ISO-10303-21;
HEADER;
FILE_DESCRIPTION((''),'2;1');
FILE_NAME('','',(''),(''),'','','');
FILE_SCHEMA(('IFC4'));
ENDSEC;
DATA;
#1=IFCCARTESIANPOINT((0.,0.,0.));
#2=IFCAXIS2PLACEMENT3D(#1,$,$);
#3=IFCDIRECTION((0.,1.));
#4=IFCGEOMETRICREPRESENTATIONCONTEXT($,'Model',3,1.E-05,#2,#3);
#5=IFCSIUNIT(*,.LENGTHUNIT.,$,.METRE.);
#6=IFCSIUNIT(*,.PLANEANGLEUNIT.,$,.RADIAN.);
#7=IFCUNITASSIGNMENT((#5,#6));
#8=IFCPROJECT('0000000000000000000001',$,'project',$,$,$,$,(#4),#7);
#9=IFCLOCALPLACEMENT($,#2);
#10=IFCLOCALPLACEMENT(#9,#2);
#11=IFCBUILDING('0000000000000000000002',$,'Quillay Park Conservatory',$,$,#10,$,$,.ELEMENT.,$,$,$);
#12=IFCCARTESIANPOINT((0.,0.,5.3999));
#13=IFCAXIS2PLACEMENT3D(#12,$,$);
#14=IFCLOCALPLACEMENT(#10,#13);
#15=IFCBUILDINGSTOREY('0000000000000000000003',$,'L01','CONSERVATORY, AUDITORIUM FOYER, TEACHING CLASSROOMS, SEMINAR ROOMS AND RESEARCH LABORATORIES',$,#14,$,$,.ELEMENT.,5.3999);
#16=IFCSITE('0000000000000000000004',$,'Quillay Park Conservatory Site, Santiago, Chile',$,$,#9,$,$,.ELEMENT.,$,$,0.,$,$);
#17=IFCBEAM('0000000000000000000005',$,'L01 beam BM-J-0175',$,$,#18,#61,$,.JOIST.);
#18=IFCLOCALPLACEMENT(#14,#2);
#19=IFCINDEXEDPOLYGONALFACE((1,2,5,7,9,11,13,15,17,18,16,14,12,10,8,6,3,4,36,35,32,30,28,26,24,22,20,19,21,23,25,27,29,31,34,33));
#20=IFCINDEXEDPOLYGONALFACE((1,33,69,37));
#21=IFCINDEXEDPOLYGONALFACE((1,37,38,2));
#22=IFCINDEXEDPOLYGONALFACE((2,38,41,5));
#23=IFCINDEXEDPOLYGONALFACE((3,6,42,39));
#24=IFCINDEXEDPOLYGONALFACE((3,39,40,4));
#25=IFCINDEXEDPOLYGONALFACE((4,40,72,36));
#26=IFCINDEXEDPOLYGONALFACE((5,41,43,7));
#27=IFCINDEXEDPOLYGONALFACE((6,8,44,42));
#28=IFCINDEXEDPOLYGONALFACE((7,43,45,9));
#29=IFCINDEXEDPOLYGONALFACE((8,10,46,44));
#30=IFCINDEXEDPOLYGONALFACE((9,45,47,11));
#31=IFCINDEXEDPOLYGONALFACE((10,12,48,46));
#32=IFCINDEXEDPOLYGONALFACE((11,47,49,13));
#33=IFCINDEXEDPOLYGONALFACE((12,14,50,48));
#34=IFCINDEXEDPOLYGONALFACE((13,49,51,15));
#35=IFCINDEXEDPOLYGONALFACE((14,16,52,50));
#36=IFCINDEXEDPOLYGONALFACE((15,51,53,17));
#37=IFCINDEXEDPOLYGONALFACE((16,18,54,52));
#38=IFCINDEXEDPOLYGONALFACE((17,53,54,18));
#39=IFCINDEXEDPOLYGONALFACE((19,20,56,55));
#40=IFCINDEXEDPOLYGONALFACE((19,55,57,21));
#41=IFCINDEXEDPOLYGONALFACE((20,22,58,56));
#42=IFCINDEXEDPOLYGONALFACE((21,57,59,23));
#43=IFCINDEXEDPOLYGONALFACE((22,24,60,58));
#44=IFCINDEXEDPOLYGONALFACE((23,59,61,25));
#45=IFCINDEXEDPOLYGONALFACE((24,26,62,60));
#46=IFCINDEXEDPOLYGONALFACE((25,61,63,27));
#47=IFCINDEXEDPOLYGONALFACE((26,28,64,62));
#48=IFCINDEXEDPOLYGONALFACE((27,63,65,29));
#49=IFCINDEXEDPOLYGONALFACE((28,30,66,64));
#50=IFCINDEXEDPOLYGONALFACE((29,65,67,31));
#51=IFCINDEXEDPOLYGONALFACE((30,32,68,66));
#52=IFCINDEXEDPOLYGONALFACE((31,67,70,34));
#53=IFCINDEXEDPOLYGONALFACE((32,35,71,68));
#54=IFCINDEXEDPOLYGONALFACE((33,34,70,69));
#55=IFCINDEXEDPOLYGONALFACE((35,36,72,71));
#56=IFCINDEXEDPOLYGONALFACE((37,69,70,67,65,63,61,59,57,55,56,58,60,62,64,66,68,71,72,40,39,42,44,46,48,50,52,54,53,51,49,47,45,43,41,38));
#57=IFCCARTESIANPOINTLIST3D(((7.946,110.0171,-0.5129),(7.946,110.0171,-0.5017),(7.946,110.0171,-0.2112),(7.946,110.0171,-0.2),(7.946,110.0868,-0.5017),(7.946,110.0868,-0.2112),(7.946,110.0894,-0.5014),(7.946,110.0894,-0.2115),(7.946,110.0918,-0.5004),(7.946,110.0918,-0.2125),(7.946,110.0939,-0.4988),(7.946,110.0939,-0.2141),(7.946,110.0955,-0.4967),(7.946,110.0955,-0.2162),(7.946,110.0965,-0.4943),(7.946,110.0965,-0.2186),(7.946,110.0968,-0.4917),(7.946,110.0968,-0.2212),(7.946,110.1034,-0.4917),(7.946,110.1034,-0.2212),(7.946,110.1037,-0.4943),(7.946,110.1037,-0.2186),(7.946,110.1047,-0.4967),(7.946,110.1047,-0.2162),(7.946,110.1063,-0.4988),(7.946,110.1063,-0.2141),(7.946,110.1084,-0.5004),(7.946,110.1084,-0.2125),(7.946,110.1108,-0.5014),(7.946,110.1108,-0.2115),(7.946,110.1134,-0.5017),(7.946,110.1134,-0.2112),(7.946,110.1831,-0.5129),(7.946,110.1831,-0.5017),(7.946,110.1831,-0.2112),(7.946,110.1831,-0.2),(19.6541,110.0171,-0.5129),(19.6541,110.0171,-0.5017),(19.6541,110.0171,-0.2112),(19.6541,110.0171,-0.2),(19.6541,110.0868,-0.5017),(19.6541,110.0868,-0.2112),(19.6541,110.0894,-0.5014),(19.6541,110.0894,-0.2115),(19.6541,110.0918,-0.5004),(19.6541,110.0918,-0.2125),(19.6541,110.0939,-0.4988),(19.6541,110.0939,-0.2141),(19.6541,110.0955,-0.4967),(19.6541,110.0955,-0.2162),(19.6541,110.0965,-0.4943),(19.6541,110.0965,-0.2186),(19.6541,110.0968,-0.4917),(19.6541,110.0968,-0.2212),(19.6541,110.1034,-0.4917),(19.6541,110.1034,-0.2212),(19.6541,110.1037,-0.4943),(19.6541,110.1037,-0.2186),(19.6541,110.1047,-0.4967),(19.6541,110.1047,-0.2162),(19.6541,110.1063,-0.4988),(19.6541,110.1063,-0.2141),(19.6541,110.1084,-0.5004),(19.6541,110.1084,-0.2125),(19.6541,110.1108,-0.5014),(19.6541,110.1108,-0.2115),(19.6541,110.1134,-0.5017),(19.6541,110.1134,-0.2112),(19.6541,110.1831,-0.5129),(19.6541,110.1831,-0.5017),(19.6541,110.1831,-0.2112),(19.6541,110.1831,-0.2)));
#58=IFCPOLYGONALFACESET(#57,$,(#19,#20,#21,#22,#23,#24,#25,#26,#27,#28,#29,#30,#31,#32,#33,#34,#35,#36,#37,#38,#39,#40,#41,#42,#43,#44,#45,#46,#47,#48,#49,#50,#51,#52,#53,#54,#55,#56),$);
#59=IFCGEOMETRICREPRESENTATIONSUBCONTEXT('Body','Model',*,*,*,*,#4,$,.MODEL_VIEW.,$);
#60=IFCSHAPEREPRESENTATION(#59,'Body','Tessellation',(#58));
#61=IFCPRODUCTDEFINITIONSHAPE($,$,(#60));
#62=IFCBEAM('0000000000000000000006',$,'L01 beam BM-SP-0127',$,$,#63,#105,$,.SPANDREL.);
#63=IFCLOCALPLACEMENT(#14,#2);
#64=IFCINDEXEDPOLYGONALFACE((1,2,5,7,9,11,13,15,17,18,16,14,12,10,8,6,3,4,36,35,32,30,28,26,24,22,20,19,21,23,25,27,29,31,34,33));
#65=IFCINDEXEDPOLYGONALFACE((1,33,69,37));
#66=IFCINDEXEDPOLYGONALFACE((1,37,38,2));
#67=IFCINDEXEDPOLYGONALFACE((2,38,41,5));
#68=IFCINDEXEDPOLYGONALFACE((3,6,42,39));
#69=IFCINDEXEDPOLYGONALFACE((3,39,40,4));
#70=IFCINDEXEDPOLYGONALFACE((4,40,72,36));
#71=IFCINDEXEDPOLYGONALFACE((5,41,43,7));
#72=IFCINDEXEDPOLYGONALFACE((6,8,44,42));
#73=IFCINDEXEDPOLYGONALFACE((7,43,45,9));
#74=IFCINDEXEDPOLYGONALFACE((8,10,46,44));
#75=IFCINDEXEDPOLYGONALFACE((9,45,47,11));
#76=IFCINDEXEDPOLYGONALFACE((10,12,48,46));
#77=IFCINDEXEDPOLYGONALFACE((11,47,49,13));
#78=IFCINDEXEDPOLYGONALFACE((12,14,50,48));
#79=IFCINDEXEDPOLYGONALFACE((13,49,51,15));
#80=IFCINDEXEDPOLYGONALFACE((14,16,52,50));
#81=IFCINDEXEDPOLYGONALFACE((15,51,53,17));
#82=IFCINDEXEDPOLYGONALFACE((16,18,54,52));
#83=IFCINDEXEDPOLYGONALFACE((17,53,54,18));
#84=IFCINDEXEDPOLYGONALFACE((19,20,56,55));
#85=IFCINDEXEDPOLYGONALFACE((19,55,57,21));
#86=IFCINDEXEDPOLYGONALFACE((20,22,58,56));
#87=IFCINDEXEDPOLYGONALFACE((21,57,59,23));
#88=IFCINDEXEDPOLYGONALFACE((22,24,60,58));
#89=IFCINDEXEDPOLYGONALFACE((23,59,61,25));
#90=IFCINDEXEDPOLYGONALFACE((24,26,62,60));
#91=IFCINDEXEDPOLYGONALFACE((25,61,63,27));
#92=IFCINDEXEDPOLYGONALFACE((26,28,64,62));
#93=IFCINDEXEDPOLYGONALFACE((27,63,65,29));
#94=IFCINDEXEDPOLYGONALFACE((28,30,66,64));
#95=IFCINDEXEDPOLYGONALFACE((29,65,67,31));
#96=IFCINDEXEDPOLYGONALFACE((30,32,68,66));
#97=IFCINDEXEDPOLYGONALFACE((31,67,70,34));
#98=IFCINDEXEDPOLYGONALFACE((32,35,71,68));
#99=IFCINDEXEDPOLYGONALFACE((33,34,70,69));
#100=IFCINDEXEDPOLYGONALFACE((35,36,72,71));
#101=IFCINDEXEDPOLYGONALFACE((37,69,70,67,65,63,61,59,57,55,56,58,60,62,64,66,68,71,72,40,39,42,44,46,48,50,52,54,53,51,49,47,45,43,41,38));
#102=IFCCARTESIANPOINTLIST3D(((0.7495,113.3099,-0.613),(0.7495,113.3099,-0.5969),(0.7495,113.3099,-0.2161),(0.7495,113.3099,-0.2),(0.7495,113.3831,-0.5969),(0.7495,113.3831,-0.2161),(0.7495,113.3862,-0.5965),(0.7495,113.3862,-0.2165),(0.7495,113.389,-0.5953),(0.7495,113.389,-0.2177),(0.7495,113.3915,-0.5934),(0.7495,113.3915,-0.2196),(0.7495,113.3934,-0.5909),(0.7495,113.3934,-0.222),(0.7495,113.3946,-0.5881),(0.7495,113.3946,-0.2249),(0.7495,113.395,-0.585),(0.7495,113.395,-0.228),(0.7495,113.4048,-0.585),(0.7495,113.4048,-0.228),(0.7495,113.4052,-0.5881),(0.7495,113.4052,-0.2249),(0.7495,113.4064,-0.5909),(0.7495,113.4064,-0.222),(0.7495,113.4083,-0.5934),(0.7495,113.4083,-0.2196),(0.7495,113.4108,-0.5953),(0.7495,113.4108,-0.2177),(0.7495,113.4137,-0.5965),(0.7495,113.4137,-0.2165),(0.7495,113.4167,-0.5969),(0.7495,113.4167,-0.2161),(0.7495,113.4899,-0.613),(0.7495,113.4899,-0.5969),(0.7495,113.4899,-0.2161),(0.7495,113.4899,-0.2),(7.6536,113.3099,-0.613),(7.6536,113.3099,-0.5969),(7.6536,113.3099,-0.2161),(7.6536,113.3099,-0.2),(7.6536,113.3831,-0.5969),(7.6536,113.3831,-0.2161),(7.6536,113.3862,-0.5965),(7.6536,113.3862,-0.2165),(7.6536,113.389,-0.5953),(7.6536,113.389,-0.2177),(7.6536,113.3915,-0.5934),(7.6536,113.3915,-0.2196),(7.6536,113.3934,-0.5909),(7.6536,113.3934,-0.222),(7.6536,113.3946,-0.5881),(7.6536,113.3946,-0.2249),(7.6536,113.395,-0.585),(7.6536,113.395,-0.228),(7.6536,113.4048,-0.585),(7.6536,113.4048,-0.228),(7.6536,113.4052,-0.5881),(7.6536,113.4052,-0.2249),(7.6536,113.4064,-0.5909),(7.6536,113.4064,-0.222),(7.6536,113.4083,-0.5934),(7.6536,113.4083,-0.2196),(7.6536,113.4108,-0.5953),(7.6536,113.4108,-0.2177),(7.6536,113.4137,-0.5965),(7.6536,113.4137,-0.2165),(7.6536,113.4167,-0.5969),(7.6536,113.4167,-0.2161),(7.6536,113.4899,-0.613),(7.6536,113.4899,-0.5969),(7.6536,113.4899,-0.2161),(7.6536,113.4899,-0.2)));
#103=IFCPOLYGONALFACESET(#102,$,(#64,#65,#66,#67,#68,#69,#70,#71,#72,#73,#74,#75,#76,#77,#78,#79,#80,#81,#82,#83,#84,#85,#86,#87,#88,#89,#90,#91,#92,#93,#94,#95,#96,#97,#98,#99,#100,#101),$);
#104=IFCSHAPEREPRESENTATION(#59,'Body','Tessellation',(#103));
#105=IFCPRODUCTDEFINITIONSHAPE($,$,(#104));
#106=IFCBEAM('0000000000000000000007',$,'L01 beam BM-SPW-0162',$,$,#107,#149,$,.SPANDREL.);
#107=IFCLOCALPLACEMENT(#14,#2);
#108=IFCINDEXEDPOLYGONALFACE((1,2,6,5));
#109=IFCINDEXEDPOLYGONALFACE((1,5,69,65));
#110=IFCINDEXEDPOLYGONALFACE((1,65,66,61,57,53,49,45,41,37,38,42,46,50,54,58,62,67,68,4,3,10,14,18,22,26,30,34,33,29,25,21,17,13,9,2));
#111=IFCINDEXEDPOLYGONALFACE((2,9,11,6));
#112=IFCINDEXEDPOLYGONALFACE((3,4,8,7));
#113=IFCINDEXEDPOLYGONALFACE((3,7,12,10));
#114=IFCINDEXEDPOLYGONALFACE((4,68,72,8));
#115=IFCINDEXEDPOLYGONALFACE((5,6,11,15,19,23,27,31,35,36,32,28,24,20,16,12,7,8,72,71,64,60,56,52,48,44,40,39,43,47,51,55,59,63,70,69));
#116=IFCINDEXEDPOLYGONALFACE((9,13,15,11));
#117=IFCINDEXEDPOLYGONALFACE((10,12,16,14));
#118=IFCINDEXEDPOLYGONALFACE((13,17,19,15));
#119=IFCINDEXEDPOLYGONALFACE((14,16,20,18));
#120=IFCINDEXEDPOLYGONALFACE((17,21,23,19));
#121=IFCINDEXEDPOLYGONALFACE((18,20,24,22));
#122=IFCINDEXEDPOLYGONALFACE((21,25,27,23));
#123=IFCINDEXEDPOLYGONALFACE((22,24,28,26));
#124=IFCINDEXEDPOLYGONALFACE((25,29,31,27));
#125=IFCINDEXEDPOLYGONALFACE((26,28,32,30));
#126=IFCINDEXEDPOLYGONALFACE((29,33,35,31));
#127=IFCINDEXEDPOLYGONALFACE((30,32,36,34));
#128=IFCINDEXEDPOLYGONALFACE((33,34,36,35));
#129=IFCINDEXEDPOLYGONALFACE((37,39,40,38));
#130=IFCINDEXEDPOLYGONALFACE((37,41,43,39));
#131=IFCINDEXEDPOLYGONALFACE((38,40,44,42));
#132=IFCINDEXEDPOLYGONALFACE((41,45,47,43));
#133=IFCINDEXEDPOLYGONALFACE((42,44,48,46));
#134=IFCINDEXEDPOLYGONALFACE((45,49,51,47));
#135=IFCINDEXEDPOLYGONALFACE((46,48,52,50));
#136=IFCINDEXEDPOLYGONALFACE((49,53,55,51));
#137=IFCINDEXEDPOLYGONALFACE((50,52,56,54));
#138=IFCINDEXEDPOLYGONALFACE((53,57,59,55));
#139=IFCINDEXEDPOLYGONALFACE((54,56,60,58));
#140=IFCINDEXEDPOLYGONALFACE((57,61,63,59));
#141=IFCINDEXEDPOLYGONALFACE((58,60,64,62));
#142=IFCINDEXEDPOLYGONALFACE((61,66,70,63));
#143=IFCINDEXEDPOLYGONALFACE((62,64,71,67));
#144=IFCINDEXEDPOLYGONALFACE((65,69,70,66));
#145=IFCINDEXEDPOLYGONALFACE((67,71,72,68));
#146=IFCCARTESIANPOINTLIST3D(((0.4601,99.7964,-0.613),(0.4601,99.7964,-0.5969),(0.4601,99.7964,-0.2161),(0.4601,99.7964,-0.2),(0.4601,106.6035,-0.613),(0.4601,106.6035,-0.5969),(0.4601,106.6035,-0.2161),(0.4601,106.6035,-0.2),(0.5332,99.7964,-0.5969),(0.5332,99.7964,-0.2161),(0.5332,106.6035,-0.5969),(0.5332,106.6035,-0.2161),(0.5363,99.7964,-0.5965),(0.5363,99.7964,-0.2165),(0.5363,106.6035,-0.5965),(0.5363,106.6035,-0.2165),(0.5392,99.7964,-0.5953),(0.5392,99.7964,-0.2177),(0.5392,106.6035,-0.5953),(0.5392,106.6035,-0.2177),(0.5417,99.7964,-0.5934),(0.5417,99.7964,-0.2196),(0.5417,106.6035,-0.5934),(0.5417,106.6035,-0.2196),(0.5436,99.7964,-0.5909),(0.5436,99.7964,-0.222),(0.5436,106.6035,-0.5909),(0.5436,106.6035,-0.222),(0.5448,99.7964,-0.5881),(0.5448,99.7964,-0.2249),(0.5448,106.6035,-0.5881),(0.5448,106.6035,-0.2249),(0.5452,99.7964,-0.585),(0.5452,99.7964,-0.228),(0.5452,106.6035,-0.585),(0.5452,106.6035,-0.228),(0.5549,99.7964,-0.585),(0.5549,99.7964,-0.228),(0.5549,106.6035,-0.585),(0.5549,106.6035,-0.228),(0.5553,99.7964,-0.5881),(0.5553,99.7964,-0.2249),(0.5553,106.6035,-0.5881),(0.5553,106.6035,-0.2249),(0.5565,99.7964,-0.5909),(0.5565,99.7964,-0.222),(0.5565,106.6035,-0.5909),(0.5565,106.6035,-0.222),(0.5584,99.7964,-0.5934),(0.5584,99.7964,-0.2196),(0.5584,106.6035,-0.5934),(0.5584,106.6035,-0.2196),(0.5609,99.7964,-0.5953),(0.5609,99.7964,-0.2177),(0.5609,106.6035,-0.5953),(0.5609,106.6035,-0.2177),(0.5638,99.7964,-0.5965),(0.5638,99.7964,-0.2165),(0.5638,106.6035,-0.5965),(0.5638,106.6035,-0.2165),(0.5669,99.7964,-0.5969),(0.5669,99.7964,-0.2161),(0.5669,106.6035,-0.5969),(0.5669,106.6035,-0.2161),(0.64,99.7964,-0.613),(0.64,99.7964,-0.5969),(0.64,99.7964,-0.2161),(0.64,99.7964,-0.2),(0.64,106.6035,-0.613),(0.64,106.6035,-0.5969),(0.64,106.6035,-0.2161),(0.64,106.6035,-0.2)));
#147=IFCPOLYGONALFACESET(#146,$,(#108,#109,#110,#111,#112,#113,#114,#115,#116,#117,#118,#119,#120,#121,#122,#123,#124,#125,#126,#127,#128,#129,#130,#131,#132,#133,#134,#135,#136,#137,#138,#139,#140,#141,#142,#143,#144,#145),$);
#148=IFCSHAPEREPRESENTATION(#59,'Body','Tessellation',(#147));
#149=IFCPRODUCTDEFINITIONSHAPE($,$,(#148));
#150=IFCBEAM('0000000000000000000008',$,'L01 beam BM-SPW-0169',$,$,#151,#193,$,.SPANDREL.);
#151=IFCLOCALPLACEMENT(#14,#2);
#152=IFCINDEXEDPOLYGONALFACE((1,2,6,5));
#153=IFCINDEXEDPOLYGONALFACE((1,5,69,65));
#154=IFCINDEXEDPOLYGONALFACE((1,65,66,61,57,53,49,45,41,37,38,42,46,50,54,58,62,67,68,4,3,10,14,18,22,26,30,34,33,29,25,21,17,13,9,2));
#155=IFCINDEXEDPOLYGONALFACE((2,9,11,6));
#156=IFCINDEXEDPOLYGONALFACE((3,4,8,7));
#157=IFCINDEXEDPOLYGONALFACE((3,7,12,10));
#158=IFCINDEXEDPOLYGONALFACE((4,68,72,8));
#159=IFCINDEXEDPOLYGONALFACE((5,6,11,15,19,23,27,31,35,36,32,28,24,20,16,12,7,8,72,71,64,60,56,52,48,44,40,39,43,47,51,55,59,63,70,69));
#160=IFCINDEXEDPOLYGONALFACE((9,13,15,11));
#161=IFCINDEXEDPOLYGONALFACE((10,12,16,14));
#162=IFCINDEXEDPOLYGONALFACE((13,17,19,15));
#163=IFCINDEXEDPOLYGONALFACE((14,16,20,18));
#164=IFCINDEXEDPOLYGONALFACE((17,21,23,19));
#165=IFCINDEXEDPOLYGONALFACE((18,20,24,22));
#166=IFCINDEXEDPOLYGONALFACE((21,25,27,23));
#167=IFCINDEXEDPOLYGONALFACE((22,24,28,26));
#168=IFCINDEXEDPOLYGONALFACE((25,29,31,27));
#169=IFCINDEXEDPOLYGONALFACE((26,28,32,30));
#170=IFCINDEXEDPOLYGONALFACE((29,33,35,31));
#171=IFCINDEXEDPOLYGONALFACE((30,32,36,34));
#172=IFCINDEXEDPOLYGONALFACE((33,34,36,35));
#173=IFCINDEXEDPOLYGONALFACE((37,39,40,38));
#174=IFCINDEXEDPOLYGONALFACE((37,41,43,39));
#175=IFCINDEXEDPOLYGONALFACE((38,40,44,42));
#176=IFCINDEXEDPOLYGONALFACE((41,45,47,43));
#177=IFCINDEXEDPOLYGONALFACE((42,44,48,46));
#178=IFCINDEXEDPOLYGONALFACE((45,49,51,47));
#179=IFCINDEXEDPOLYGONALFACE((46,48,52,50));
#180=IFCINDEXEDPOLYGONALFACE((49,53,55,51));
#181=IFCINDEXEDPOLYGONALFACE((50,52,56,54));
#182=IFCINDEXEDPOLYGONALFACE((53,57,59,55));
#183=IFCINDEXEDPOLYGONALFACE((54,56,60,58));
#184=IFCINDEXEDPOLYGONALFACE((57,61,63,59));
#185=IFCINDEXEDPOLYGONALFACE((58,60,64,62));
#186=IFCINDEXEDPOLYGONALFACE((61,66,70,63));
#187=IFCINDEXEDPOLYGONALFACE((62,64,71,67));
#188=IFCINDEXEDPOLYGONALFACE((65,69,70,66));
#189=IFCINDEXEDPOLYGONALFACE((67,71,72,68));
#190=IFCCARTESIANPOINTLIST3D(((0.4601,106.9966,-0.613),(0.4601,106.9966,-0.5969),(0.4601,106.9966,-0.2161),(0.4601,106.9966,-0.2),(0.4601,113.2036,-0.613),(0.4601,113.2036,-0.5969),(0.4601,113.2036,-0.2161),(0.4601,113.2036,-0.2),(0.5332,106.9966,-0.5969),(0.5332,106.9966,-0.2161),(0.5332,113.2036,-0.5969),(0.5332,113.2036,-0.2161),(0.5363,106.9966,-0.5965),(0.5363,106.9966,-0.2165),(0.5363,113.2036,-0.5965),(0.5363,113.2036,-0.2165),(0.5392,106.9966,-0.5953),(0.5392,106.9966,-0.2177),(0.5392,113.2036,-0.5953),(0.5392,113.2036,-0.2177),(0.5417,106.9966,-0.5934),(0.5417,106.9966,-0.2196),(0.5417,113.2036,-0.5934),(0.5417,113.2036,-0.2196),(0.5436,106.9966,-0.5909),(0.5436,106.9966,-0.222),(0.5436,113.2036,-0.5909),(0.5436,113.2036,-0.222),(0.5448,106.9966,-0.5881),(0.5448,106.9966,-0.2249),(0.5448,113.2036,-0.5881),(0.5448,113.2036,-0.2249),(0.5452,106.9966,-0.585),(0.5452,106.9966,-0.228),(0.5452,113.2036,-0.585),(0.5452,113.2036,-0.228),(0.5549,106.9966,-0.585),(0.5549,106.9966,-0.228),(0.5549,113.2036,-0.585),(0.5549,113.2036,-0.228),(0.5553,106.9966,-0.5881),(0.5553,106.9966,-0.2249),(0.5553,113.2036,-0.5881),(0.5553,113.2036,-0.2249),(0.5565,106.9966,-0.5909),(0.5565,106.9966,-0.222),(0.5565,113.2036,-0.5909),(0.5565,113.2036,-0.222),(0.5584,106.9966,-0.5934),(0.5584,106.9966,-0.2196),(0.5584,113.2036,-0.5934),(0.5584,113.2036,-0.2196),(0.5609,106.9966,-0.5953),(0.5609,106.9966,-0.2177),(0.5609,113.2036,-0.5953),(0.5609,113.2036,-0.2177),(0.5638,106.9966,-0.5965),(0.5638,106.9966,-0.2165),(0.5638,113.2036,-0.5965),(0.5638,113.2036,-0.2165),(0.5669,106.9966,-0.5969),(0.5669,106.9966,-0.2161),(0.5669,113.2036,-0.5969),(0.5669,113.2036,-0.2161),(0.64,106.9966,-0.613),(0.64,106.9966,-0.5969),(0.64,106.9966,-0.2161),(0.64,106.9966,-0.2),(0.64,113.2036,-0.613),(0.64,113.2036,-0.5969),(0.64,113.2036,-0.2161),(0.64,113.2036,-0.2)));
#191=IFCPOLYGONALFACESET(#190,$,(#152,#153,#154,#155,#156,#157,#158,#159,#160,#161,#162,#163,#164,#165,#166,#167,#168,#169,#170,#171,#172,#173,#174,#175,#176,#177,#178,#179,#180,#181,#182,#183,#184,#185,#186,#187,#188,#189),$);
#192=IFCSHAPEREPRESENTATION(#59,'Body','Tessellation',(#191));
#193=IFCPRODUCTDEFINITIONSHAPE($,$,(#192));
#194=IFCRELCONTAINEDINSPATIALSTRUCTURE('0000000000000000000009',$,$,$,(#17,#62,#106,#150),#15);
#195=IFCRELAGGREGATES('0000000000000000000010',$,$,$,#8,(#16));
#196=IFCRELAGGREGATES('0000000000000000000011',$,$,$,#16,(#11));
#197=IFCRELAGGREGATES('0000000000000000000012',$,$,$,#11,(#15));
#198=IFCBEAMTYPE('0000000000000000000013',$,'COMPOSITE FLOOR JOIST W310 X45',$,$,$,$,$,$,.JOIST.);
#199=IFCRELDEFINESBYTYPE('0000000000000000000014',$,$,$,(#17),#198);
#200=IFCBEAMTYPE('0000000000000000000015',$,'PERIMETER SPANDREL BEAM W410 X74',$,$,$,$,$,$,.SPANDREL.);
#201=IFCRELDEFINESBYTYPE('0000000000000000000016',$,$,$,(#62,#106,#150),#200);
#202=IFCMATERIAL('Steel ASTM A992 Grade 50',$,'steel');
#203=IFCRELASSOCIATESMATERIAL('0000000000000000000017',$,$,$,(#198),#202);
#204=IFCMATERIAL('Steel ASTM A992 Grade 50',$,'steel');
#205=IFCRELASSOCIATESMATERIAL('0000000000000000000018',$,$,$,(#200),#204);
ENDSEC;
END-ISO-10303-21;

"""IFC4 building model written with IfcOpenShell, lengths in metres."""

from ifc_helpers import new_model, si_unit, direction, frame, origin, origin_2d, place, context, subcontext, project, spatial, i_section, extrude, material, material_profile, profile_set, type_object, element, save


model = new_model("IFC4")

# Units and contexts
model_context = context("Model", 3, precision=1e-05, world=origin(), true_north=direction((0.0, 1.0)))
body_context = subcontext(model_context, "Body", "Model", "MODEL_VIEW")
ifc_project = project(units=[si_unit("LENGTHUNIT", "METRE"), si_unit("PLANEANGLEUNIT", "RADIAN")], contexts=[model_context])

# Site, building, storey
site_placement = place(None, origin())
site = spatial("IfcSite", under=ifc_project, at=site_placement, Name="Quillay Park Conservatory Site, Santiago, Chile", CompositionType="ELEMENT", RefElevation=0.0)
building_placement = place(site_placement, origin())
building = spatial("IfcBuilding", under=site, at=building_placement, Name="Quillay Park Conservatory", CompositionType="ELEMENT")
storey_placement = place(building_placement, frame((0.0, 0.0, 5.3999)))
storey = spatial("IfcBuildingStorey", under=building, at=storey_placement, Name="L01", Description="CONSERVATORY, AUDITORIUM FOYER, TEACHING CLASSROOMS, SEMINAR ROOMS AND RESEARCH LABORATORIES", CompositionType="ELEMENT", Elevation=5.3999)

# Beams
ifc_material_1 = material(Name="Steel ASTM A992 Grade 50", Category="steel")
ifc_material_profile_1 = material_profile(ifc_material_1, i_section(OverallWidth=0.166, OverallDepth=0.313, WebThickness=0.0066, FlangeThickness=0.0112, FilletRadius=0.01, at=origin_2d()), Name="W310x45")
ifc_profile_set_1 = profile_set([ifc_material_profile_1], Name="Steel ASTM A992 Grade 50")
beam_type_1 = type_object("IfcBeamType", Name="COMPOSITE FLOOR JOIST W310 X45", PredefinedType="JOIST", material=ifc_profile_set_1)
beam_1_placement = place(storey_placement, frame((7.946, 110.1001, -0.3564), z_axis=(1.0, 0.0, 0.0), x_axis=(0.0, 1.0, 0.0)))
element("IfcBeam", 1, at=beam_1_placement, inside=storey, type_object=beam_type_1, Name="L01 beam BM-J-0175", PredefinedType="JOIST", context=body_context, shape_type="SweptSolid", body=[
    extrude(i_section(OverallWidth=0.166, OverallDepth=0.313, WebThickness=0.0066, FlangeThickness=0.0112, FilletRadius=0.01, at=origin_2d()), origin(), (0.0, 0.0, 1.0), 11.708),
])
ifc_material_2 = material(Name="Steel ASTM A992 Grade 50", Category="steel")
ifc_material_profile_2 = material_profile(ifc_material_2, i_section(OverallWidth=0.1799, OverallDepth=0.4131, WebThickness=0.0098, FlangeThickness=0.0161, FilletRadius=0.012, at=origin_2d()), Name="W410x74")
ifc_profile_set_2 = profile_set([ifc_material_profile_2], Name="Steel ASTM A992 Grade 50")
beam_type_2 = type_object("IfcBeamType", Name="PERIMETER SPANDREL BEAM W410 X74", PredefinedType="SPANDREL", material=ifc_profile_set_2)
beam_2_placement = place(storey_placement, frame((0.7495, 113.3999, -0.4065), z_axis=(1.0, 0.0, 0.0), x_axis=(0.0, 1.0, 0.0)))
element("IfcBeam", 2, at=beam_2_placement, inside=storey, type_object=beam_type_2, Name="L01 beam BM-SP-0127", PredefinedType="SPANDREL", context=body_context, shape_type="SweptSolid", body=[
    extrude(i_section(OverallWidth=0.1799, OverallDepth=0.4131, WebThickness=0.0098, FlangeThickness=0.0161, FilletRadius=0.012, at=origin_2d()), origin(), (0.0, 0.0, 1.0), 6.9041),
])
beam_3_placement = place(storey_placement, frame((0.55, 99.7964, -0.4065), z_axis=(0.0, 1.0, 0.0), x_axis=(-1.0, 0.0, 0.0)))
element("IfcBeam", 3, at=beam_3_placement, inside=storey, type_object=beam_type_2, Name="L01 beam BM-SPW-0162", PredefinedType="SPANDREL", context=body_context, shape_type="SweptSolid", body=[
    extrude(i_section(OverallWidth=0.1799, OverallDepth=0.4131, WebThickness=0.0098, FlangeThickness=0.0161, FilletRadius=0.012, at=origin_2d()), origin(), (0.0, 0.0, 1.0), 6.8071),
])
beam_4_placement = place(storey_placement, frame((0.55, 106.9966, -0.4065), z_axis=(0.0, 1.0, 0.0), x_axis=(-1.0, 0.0, 0.0)))
element("IfcBeam", 4, at=beam_4_placement, inside=storey, type_object=beam_type_2, Name="L01 beam BM-SPW-0169", PredefinedType="SPANDREL", context=body_context, shape_type="SweptSolid", body=[
    extrude(i_section(OverallWidth=0.1799, OverallDepth=0.4131, WebThickness=0.0098, FlangeThickness=0.0161, FilletRadius=0.012, at=origin_2d()), origin(), (0.0, 0.0, 1.0), 6.207),
])

save(model, "model.ifc")
